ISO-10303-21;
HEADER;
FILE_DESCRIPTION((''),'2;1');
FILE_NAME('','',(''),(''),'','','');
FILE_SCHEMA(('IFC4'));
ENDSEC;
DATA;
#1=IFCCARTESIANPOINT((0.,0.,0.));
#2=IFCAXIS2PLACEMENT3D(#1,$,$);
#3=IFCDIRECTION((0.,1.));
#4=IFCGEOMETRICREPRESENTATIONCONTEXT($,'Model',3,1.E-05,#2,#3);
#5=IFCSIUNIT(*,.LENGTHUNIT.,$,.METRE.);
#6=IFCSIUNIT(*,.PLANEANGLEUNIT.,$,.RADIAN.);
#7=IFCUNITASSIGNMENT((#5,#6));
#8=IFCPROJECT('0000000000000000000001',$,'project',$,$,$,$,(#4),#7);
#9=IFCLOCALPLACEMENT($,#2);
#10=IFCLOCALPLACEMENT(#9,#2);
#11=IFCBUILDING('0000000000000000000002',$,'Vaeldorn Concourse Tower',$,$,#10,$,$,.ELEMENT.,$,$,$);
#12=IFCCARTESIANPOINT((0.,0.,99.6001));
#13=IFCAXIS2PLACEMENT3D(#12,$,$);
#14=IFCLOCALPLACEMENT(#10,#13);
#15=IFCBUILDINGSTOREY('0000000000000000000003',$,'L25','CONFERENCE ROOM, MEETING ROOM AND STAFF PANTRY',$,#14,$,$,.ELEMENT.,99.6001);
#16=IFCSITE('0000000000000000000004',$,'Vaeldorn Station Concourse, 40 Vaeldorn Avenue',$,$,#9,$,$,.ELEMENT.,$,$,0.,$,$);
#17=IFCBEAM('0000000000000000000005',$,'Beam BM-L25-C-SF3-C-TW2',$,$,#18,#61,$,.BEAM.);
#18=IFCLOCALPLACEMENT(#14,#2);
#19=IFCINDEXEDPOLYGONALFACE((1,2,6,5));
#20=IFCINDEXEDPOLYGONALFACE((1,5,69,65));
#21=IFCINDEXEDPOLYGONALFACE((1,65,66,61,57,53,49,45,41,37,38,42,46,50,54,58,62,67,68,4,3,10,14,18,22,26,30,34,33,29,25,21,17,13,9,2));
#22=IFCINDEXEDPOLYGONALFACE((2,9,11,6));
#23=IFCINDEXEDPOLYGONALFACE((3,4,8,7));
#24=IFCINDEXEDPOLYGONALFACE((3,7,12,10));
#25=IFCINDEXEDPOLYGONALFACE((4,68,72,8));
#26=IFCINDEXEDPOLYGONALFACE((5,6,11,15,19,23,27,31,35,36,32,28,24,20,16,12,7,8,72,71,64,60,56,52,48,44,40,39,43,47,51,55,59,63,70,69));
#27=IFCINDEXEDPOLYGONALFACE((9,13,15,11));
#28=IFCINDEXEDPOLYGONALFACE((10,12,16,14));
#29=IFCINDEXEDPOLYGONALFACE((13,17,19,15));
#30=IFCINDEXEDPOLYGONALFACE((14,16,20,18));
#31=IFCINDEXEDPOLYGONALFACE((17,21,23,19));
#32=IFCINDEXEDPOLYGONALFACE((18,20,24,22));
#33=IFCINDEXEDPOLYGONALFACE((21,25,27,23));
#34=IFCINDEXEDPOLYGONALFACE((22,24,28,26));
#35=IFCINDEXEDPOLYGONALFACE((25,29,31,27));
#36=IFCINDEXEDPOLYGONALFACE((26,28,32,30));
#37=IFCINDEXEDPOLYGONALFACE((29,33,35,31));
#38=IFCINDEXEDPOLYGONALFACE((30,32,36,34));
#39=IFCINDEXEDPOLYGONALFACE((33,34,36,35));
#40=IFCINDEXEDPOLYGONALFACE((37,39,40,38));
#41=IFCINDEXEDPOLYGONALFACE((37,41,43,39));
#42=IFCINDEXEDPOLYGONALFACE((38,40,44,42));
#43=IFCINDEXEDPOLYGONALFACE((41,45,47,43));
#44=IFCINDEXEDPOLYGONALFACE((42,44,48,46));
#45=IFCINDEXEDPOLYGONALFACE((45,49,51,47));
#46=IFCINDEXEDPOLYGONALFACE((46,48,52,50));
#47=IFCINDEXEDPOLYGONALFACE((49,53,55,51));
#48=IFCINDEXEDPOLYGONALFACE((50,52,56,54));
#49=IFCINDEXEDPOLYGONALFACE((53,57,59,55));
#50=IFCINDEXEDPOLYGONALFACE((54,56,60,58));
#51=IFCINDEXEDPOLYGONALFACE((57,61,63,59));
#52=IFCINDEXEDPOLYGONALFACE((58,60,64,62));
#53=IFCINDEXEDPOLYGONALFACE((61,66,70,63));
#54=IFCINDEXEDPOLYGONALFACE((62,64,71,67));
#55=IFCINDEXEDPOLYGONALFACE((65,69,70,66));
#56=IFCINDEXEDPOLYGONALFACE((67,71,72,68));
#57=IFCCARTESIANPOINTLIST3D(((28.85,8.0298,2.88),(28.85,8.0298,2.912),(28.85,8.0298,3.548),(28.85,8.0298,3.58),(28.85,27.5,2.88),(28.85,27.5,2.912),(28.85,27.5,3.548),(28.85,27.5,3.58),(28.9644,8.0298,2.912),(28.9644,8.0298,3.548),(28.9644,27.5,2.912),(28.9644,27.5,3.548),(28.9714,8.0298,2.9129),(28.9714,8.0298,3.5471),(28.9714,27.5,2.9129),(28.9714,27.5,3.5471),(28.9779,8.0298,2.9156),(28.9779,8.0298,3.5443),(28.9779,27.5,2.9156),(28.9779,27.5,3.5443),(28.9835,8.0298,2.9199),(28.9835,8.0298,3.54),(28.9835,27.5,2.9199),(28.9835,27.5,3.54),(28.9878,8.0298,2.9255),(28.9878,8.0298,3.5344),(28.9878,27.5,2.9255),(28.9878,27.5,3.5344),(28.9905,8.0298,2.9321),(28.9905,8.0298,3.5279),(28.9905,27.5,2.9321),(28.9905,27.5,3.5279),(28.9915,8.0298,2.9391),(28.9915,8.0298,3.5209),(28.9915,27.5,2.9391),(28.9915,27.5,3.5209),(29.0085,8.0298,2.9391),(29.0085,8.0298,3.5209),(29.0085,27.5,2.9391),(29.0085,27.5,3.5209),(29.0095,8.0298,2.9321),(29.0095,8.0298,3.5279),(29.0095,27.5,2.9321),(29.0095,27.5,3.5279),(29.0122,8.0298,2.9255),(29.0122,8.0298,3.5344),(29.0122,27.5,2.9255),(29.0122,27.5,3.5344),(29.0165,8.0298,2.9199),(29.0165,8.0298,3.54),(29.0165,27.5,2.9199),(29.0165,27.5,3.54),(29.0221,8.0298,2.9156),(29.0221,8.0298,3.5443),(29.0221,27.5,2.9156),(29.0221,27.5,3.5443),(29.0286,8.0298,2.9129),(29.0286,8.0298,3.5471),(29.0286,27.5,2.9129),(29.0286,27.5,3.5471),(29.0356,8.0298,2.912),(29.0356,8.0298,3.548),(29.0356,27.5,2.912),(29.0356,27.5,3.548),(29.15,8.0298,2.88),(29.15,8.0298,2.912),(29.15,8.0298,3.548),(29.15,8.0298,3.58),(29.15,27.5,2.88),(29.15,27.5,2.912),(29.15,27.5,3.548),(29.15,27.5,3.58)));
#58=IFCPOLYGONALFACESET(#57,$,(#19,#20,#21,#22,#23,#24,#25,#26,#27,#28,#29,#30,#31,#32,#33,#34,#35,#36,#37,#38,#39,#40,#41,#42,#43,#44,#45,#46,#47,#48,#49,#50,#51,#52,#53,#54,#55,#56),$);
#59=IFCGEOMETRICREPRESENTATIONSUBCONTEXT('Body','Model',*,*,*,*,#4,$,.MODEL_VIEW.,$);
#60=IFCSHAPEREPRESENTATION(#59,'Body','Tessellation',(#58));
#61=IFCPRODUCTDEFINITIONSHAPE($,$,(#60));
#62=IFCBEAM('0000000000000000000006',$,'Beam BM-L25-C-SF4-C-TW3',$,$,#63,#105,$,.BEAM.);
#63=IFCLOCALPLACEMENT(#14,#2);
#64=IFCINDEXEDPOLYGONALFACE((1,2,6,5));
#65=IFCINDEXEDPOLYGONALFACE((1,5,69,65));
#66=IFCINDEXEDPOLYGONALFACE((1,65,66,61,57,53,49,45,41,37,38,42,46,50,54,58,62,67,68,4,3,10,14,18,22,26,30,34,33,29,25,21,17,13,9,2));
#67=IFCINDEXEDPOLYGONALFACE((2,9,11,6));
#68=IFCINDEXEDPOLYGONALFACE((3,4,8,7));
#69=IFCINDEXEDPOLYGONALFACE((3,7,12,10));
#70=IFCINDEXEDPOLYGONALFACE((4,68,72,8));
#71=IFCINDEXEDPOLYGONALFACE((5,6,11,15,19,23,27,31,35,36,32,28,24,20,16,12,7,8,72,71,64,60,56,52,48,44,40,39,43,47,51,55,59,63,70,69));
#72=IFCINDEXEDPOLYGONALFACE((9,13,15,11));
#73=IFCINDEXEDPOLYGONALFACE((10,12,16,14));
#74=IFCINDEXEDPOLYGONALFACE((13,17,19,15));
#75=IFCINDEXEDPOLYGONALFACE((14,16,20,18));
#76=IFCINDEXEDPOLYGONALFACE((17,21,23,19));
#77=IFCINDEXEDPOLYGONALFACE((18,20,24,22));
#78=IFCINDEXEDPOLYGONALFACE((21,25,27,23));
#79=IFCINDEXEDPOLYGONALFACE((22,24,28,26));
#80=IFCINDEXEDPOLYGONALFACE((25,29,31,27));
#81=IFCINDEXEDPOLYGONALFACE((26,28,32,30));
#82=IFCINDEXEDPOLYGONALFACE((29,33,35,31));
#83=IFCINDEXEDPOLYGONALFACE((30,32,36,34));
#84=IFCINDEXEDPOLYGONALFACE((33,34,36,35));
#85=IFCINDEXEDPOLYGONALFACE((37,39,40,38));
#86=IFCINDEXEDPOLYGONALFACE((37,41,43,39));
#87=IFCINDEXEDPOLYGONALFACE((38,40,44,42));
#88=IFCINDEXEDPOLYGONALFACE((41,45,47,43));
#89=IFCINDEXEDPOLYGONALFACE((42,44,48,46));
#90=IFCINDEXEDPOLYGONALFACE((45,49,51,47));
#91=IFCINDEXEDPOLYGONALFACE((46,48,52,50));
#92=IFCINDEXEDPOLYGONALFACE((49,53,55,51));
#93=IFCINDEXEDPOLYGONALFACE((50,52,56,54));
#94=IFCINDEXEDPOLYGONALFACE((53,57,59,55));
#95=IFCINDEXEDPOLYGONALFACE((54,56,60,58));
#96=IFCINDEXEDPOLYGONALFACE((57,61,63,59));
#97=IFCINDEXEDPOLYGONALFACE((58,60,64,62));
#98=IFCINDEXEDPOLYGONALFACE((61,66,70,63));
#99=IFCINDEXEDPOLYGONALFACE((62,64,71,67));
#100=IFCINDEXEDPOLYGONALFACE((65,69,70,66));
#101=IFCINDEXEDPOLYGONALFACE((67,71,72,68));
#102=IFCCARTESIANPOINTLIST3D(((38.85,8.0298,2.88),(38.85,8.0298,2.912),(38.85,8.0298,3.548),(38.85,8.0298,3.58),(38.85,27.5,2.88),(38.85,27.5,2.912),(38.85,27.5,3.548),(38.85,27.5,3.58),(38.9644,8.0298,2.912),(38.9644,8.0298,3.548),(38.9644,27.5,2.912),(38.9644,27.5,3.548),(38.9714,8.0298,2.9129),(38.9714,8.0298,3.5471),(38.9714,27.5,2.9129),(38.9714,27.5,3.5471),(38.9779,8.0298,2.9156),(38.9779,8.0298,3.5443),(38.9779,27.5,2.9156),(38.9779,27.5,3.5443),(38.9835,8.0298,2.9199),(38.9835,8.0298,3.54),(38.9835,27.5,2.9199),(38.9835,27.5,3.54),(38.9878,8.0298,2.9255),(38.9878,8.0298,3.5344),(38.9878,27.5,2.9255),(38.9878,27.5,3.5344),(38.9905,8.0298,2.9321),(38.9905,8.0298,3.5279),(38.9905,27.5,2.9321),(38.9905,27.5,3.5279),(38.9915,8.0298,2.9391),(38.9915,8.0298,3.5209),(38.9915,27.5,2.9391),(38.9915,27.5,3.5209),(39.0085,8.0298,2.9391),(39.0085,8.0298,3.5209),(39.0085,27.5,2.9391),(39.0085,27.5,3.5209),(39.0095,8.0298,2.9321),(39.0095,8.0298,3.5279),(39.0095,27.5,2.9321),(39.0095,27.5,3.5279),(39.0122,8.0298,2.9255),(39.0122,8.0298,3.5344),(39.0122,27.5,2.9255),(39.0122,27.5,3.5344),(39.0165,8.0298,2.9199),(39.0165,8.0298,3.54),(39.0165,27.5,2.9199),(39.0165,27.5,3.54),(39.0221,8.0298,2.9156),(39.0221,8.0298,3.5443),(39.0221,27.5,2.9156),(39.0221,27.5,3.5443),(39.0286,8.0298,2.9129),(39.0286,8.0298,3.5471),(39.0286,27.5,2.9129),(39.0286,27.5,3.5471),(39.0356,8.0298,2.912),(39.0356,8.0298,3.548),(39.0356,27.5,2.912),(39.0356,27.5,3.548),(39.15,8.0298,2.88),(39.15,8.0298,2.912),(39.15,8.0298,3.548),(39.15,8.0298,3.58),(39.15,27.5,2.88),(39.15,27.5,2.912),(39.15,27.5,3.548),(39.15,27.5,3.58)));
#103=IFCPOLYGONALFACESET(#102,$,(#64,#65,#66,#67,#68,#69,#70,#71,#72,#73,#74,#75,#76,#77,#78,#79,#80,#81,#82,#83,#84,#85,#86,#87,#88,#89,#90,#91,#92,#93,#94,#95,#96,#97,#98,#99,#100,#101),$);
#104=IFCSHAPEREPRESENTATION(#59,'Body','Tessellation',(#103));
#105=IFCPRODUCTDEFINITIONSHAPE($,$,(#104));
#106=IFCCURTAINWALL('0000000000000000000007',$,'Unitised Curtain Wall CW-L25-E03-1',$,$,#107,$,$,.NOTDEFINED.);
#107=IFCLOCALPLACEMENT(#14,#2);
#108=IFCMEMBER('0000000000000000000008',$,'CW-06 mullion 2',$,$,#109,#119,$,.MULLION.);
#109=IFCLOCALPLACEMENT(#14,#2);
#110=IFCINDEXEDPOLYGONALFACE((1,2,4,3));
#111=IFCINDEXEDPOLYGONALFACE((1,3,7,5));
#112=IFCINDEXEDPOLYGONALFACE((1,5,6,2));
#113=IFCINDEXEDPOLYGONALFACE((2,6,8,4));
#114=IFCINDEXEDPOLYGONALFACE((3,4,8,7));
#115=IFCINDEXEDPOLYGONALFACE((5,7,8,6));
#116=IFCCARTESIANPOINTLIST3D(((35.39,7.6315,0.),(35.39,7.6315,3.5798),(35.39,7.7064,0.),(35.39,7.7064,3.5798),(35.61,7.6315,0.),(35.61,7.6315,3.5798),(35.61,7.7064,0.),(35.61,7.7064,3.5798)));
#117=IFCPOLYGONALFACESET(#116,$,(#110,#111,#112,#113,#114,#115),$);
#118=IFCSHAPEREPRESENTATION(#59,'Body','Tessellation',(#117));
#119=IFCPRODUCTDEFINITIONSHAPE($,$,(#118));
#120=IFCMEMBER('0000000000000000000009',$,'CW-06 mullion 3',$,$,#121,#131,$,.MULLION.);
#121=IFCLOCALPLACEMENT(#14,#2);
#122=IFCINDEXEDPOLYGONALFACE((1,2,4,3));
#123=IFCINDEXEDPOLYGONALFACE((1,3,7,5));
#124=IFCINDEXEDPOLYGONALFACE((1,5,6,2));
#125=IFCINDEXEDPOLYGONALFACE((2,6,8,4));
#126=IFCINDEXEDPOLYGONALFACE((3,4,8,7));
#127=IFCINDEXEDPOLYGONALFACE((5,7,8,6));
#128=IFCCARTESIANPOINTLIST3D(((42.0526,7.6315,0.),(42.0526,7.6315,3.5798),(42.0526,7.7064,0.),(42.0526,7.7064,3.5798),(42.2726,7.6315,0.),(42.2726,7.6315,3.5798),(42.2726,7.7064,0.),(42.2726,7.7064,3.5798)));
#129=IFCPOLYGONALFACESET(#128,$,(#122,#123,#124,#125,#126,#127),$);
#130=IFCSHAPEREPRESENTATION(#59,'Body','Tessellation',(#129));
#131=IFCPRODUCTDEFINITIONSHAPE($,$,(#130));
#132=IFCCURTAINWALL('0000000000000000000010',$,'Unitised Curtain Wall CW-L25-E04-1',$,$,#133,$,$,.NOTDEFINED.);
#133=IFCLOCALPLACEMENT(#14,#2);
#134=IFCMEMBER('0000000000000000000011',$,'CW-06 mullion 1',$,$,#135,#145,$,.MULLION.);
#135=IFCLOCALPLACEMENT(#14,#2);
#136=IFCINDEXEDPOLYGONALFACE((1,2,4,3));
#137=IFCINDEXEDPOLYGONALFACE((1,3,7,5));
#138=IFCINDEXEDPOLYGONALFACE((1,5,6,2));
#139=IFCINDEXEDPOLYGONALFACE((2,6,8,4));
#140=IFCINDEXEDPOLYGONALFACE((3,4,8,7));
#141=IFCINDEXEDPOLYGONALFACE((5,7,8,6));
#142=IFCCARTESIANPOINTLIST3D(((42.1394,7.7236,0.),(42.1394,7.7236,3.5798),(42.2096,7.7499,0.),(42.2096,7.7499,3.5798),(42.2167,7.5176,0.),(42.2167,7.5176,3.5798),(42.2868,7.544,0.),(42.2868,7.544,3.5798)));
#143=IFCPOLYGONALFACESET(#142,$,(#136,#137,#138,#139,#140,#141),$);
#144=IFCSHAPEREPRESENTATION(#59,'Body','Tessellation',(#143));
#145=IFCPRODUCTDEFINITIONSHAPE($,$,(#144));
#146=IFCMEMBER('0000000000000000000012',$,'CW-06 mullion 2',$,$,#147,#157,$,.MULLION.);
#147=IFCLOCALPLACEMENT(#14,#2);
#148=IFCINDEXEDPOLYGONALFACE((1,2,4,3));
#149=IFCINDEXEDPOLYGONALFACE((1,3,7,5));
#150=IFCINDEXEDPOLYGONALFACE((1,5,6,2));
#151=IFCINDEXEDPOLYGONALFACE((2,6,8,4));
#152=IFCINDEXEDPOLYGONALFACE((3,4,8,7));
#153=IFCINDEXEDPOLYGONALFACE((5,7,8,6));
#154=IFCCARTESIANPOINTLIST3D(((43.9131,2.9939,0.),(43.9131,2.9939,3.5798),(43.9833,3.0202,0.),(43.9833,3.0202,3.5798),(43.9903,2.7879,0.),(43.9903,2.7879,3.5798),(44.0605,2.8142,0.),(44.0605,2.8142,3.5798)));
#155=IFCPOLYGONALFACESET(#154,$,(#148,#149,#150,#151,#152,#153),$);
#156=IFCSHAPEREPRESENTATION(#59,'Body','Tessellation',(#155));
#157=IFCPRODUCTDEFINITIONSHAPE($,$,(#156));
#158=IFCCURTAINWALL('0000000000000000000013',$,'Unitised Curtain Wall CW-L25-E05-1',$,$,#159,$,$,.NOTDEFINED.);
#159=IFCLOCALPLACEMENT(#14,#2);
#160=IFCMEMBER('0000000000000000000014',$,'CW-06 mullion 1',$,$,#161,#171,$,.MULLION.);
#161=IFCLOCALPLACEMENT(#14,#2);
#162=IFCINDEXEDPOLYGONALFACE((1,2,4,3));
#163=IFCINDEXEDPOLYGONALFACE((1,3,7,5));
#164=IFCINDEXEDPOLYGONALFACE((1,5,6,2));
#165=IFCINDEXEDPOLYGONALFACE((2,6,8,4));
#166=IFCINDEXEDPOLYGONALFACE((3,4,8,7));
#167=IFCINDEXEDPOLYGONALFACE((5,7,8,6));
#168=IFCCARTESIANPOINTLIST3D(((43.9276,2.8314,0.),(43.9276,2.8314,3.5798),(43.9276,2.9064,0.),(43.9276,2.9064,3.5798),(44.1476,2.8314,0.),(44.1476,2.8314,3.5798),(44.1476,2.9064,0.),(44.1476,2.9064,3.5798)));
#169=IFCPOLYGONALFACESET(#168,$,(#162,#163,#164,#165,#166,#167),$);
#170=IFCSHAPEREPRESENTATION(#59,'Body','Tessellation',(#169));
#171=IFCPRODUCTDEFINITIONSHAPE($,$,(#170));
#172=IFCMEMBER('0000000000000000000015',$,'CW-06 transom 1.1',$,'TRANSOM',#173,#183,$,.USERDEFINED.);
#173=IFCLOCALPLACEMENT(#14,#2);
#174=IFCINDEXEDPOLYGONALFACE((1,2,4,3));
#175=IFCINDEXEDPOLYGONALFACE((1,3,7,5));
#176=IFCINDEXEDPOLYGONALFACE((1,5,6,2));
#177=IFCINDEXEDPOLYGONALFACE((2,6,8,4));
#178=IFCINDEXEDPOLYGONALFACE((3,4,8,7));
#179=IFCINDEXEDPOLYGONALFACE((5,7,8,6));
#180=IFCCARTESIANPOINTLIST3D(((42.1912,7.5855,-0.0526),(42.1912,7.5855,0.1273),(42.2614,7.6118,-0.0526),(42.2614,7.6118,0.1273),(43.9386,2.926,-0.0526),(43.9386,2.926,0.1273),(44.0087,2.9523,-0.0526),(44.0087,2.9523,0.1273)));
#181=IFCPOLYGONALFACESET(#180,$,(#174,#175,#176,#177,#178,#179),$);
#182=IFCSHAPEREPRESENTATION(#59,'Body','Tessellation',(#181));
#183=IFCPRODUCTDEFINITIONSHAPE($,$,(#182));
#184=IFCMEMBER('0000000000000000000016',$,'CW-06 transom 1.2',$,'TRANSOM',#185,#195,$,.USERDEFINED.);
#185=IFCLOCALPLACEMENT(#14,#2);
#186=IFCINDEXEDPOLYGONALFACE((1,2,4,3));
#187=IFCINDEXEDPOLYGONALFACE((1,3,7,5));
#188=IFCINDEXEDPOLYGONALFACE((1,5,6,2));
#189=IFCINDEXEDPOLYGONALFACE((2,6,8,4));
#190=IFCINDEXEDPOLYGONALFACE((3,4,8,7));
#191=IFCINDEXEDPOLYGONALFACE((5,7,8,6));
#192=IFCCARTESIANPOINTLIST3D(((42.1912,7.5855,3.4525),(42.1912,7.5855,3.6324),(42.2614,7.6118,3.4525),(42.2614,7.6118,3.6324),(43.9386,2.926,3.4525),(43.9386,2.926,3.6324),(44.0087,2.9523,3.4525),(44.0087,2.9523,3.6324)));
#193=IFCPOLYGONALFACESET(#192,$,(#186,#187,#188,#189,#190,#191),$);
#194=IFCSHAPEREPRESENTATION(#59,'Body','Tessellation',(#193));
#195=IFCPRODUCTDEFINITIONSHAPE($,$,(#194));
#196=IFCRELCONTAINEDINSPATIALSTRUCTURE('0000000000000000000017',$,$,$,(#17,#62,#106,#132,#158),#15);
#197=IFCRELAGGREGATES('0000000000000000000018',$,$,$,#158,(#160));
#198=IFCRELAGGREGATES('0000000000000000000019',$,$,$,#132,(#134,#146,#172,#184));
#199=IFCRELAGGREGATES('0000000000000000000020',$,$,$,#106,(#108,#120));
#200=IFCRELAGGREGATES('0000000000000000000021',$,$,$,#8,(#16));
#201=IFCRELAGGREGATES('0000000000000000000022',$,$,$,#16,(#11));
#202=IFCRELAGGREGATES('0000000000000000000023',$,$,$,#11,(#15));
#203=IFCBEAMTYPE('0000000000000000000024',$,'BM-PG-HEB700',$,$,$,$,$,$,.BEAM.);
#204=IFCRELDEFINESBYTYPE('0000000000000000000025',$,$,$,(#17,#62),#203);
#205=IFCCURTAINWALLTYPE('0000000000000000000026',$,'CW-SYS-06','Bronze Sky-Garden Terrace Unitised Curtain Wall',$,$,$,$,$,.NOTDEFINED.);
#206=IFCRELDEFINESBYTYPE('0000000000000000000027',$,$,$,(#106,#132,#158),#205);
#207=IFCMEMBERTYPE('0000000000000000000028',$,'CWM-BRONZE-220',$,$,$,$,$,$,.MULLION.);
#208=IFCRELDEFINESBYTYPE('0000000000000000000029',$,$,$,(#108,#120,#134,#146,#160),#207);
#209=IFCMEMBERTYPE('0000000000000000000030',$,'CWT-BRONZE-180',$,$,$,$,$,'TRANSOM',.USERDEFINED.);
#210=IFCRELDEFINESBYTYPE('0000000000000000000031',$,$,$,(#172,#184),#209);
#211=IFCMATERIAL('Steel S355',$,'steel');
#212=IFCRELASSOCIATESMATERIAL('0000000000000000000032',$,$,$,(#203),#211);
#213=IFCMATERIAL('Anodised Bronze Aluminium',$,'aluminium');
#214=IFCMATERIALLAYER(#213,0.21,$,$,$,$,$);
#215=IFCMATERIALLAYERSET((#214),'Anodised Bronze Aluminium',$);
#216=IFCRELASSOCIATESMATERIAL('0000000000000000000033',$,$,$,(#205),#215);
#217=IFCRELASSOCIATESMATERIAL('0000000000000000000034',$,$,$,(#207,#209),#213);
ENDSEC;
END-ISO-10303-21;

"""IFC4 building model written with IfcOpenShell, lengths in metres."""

from ifc_helpers import new_model, si_unit, direction, frame, origin, origin_2d, place, context, subcontext, project, spatial, rectangle, i_section, extrude, source, transform, mapped, material, layer, layer_set, material_profile, profile_set, type_object, element, aggregate, save


model = new_model("IFC4")

# Units and contexts
model_context = context("Model", 3, precision=1e-05, world=origin(), true_north=direction((0.0, 1.0)))
body_context = subcontext(model_context, "Body", "Model", "MODEL_VIEW")
ifc_project = project(units=[si_unit("LENGTHUNIT", "METRE"), si_unit("PLANEANGLEUNIT", "RADIAN")], contexts=[model_context])

# Site, building, storey
site_placement = place(None, origin())
site = spatial("IfcSite", under=ifc_project, at=site_placement, Name="Vaeldorn Station Concourse, 40 Vaeldorn Avenue", CompositionType="ELEMENT", RefElevation=0.0)
building_placement = place(site_placement, origin())
building = spatial("IfcBuilding", under=site, at=building_placement, Name="Vaeldorn Concourse Tower", CompositionType="ELEMENT")
storey_placement = place(building_placement, frame((0.0, 0.0, 99.6001)))
storey = spatial("IfcBuildingStorey", under=building, at=storey_placement, Name="L25", Description="CONFERENCE ROOM, MEETING ROOM AND STAFF PANTRY", CompositionType="ELEMENT", Elevation=99.6001)

# Beams
ifc_material_1 = material(Name="Steel S355", Category="steel")
ifc_material_profile_1 = material_profile(ifc_material_1, i_section(OverallWidth=0.3, OverallDepth=0.7, WebThickness=0.0171, FlangeThickness=0.032, FilletRadius=0.0271, at=origin_2d()), Name="HEB 700")
ifc_profile_set_1 = profile_set([ifc_material_profile_1], Name="Steel S355")
beam_type_1 = type_object("IfcBeamType", Name="BM-PG-HEB700", PredefinedType="BEAM", material=ifc_profile_set_1)
shared_shape_1 = source(origin(), body_context, "Body", "SweptSolid", [
    extrude(i_section(OverallWidth=0.3, OverallDepth=0.7, WebThickness=0.0171, FlangeThickness=0.032, FilletRadius=0.0271, at=origin_2d()), origin(), (0.0, 0.0, 1.0), 19.4702),
])
for number, where, z_axis, x_axis, name in (
    (1, (29.0, 8.0298, 3.23), (0.0, 1.0, 0.0), (-1.0, 0.0, 0.0), "Beam BM-L25-C-SF3-C-TW2"),
    (2, (39.0, 8.0298, 3.23), (0.0, 1.0, 0.0), (-1.0, 0.0, 0.0), "Beam BM-L25-C-SF4-C-TW3"),
):
    element("IfcBeam", number, at=place(storey_placement, frame(where, z_axis=z_axis, x_axis=x_axis)), inside=storey, type_object=beam_type_1, Name=name, PredefinedType="BEAM", context=body_context, shape_type="MappedRepresentation", body=[
        mapped(shared_shape_1, transform((0.0, 0.0, 0.0), scale=1.0)),
    ])

# Curtain walls, members
ifc_material_2 = material(Name="Anodised Bronze Aluminium", Category="aluminium")
ifc_layer_1 = layer(ifc_material_2, 0.21)
ifc_layer_set_1 = layer_set([ifc_layer_1], Name="Anodised Bronze Aluminium")
curtain_wall_type = type_object("IfcCurtainWallType", Name="CW-SYS-06", Description="Bronze Sky-Garden Terrace Unitised Curtain Wall", PredefinedType="NOTDEFINED", material=ifc_layer_set_1)
curtain_wall_1_placement = place(storey_placement, origin())
curtain_wall_1 = element("IfcCurtainWall", 3, at=curtain_wall_1_placement, inside=storey, type_object=curtain_wall_type, Name="Unitised Curtain Wall CW-L25-E03-1", PredefinedType="NOTDEFINED")
ifc_material_profile_2 = material_profile(ifc_material_2, rectangle(XDim=0.075, YDim=0.22, at=origin_2d()), Name="CWM 75x220")
ifc_profile_set_2 = profile_set([ifc_material_profile_2], Name="Anodised Bronze Aluminium")
member_type_1 = type_object("IfcMemberType", Name="CWM-BRONZE-220", PredefinedType="MULLION", material=ifc_profile_set_2)
shared_shape_2 = source(origin(), body_context, "Body", "SweptSolid", [
    extrude(rectangle(XDim=0.075, YDim=0.22, at=origin_2d()), origin(), (0.0, 0.0, 1.0), 3.5798),
])
member_1_placement = place(storey_placement, frame((35.5, 7.6689, 0.0), z_axis=(0.0, 0.0, 1.0), x_axis=(0.0, 1.0, 0.0)))
member_1 = element("IfcMember", 4, at=member_1_placement, type_object=member_type_1, Name="CW-06 mullion 2", PredefinedType="MULLION", context=body_context, shape_type="MappedRepresentation", body=[
    mapped(shared_shape_2, transform((0.0, 0.0, 0.0), scale=1.0)),
])
member_2_placement = place(storey_placement, frame((42.1626, 7.6689, 0.0), z_axis=(0.0, 0.0, 1.0), x_axis=(0.0, 1.0, 0.0)))
member_2 = element("IfcMember", 5, at=member_2_placement, type_object=member_type_1, Name="CW-06 mullion 3", PredefinedType="MULLION", context=body_context, shape_type="MappedRepresentation", body=[
    mapped(shared_shape_2, transform((0.0, 0.0, 0.0), scale=1.0)),
])
curtain_wall_2_placement = place(storey_placement, origin())
curtain_wall_2 = element("IfcCurtainWall", 6, at=curtain_wall_2_placement, inside=storey, type_object=curtain_wall_type, Name="Unitised Curtain Wall CW-L25-E04-1", PredefinedType="NOTDEFINED")
member_3_placement = place(storey_placement, frame((42.2131, 7.6338, 0.0), z_axis=(0.0, 0.0, 1.0), x_axis=(0.936329, 0.351123, 0.0)))
member_3 = element("IfcMember", 7, at=member_3_placement, type_object=member_type_1, Name="CW-06 mullion 1", PredefinedType="MULLION", context=body_context, shape_type="MappedRepresentation", body=[
    mapped(shared_shape_2, transform((0.0, 0.0, 0.0), scale=1.0)),
])
member_4_placement = place(storey_placement, frame((43.9868, 2.9041, 0.0), z_axis=(0.0, 0.0, 1.0), x_axis=(0.936329, 0.351123, 0.0)))
member_4 = element("IfcMember", 8, at=member_4_placement, type_object=member_type_1, Name="CW-06 mullion 2", PredefinedType="MULLION", context=body_context, shape_type="MappedRepresentation", body=[
    mapped(shared_shape_2, transform((0.0, 0.0, 0.0), scale=1.0)),
])

# Curtain wall, member
curtain_wall_3_placement = place(storey_placement, origin())
curtain_wall_3 = element("IfcCurtainWall", 9, at=curtain_wall_3_placement, inside=storey, type_object=curtain_wall_type, Name="Unitised Curtain Wall CW-L25-E05-1", PredefinedType="NOTDEFINED")
member_5_placement = place(storey_placement, frame((44.0376, 2.8689, 0.0), z_axis=(0.0, 0.0, 1.0), x_axis=(0.0, 1.0, 0.0)))
member_5 = element("IfcMember", 10, at=member_5_placement, type_object=member_type_1, Name="CW-06 mullion 1", PredefinedType="MULLION", context=body_context, shape_type="MappedRepresentation", body=[
    mapped(shared_shape_2, transform((0.0, 0.0, 0.0), scale=1.0)),
])

# Members
ifc_material_profile_3 = material_profile(ifc_material_2, rectangle(XDim=0.075, YDim=0.1799, at=origin_2d()), Name="CWT 75x180")
ifc_profile_set_3 = profile_set([ifc_material_profile_3], Name="Anodised Bronze Aluminium")
member_type_2 = type_object("IfcMemberType", Name="CWT-BRONZE-180", ElementType="TRANSOM", PredefinedType="USERDEFINED", material=ifc_profile_set_3)
shared_shape_3 = source(origin(), body_context, "Body", "SweptSolid", [
    extrude(rectangle(XDim=0.075, YDim=0.1799, at=origin_2d()), origin(), (0.0, 0.0, 1.0), 4.9763),
])
member_6_placement = place(storey_placement, frame((42.2263, 7.5986, 0.0374), z_axis=(0.351129, -0.936327, 0.0), x_axis=(0.936327, 0.351129, 0.0)))
member_6 = element("IfcMember", 11, at=member_6_placement, type_object=member_type_2, Name="CW-06 transom 1.1", ObjectType="TRANSOM", PredefinedType="USERDEFINED", context=body_context, shape_type="MappedRepresentation", body=[
    mapped(shared_shape_3, transform((0.0, 0.0, 0.0), scale=1.0)),
])
member_7_placement = place(storey_placement, frame((42.2263, 7.5986, 3.5425), z_axis=(0.351129, -0.936327, 0.0), x_axis=(0.936327, 0.351129, 0.0)))
member_7 = element("IfcMember", 12, at=member_7_placement, type_object=member_type_2, Name="CW-06 transom 1.2", ObjectType="TRANSOM", PredefinedType="USERDEFINED", context=body_context, shape_type="MappedRepresentation", body=[
    mapped(shared_shape_3, transform((0.0, 0.0, 0.0), scale=1.0)),
])
aggregate(curtain_wall_3, [member_5])

aggregate(curtain_wall_2, [member_3, member_4, member_6, member_7])
aggregate(curtain_wall_1, [member_1, member_2])

save(model, "model.ifc")
